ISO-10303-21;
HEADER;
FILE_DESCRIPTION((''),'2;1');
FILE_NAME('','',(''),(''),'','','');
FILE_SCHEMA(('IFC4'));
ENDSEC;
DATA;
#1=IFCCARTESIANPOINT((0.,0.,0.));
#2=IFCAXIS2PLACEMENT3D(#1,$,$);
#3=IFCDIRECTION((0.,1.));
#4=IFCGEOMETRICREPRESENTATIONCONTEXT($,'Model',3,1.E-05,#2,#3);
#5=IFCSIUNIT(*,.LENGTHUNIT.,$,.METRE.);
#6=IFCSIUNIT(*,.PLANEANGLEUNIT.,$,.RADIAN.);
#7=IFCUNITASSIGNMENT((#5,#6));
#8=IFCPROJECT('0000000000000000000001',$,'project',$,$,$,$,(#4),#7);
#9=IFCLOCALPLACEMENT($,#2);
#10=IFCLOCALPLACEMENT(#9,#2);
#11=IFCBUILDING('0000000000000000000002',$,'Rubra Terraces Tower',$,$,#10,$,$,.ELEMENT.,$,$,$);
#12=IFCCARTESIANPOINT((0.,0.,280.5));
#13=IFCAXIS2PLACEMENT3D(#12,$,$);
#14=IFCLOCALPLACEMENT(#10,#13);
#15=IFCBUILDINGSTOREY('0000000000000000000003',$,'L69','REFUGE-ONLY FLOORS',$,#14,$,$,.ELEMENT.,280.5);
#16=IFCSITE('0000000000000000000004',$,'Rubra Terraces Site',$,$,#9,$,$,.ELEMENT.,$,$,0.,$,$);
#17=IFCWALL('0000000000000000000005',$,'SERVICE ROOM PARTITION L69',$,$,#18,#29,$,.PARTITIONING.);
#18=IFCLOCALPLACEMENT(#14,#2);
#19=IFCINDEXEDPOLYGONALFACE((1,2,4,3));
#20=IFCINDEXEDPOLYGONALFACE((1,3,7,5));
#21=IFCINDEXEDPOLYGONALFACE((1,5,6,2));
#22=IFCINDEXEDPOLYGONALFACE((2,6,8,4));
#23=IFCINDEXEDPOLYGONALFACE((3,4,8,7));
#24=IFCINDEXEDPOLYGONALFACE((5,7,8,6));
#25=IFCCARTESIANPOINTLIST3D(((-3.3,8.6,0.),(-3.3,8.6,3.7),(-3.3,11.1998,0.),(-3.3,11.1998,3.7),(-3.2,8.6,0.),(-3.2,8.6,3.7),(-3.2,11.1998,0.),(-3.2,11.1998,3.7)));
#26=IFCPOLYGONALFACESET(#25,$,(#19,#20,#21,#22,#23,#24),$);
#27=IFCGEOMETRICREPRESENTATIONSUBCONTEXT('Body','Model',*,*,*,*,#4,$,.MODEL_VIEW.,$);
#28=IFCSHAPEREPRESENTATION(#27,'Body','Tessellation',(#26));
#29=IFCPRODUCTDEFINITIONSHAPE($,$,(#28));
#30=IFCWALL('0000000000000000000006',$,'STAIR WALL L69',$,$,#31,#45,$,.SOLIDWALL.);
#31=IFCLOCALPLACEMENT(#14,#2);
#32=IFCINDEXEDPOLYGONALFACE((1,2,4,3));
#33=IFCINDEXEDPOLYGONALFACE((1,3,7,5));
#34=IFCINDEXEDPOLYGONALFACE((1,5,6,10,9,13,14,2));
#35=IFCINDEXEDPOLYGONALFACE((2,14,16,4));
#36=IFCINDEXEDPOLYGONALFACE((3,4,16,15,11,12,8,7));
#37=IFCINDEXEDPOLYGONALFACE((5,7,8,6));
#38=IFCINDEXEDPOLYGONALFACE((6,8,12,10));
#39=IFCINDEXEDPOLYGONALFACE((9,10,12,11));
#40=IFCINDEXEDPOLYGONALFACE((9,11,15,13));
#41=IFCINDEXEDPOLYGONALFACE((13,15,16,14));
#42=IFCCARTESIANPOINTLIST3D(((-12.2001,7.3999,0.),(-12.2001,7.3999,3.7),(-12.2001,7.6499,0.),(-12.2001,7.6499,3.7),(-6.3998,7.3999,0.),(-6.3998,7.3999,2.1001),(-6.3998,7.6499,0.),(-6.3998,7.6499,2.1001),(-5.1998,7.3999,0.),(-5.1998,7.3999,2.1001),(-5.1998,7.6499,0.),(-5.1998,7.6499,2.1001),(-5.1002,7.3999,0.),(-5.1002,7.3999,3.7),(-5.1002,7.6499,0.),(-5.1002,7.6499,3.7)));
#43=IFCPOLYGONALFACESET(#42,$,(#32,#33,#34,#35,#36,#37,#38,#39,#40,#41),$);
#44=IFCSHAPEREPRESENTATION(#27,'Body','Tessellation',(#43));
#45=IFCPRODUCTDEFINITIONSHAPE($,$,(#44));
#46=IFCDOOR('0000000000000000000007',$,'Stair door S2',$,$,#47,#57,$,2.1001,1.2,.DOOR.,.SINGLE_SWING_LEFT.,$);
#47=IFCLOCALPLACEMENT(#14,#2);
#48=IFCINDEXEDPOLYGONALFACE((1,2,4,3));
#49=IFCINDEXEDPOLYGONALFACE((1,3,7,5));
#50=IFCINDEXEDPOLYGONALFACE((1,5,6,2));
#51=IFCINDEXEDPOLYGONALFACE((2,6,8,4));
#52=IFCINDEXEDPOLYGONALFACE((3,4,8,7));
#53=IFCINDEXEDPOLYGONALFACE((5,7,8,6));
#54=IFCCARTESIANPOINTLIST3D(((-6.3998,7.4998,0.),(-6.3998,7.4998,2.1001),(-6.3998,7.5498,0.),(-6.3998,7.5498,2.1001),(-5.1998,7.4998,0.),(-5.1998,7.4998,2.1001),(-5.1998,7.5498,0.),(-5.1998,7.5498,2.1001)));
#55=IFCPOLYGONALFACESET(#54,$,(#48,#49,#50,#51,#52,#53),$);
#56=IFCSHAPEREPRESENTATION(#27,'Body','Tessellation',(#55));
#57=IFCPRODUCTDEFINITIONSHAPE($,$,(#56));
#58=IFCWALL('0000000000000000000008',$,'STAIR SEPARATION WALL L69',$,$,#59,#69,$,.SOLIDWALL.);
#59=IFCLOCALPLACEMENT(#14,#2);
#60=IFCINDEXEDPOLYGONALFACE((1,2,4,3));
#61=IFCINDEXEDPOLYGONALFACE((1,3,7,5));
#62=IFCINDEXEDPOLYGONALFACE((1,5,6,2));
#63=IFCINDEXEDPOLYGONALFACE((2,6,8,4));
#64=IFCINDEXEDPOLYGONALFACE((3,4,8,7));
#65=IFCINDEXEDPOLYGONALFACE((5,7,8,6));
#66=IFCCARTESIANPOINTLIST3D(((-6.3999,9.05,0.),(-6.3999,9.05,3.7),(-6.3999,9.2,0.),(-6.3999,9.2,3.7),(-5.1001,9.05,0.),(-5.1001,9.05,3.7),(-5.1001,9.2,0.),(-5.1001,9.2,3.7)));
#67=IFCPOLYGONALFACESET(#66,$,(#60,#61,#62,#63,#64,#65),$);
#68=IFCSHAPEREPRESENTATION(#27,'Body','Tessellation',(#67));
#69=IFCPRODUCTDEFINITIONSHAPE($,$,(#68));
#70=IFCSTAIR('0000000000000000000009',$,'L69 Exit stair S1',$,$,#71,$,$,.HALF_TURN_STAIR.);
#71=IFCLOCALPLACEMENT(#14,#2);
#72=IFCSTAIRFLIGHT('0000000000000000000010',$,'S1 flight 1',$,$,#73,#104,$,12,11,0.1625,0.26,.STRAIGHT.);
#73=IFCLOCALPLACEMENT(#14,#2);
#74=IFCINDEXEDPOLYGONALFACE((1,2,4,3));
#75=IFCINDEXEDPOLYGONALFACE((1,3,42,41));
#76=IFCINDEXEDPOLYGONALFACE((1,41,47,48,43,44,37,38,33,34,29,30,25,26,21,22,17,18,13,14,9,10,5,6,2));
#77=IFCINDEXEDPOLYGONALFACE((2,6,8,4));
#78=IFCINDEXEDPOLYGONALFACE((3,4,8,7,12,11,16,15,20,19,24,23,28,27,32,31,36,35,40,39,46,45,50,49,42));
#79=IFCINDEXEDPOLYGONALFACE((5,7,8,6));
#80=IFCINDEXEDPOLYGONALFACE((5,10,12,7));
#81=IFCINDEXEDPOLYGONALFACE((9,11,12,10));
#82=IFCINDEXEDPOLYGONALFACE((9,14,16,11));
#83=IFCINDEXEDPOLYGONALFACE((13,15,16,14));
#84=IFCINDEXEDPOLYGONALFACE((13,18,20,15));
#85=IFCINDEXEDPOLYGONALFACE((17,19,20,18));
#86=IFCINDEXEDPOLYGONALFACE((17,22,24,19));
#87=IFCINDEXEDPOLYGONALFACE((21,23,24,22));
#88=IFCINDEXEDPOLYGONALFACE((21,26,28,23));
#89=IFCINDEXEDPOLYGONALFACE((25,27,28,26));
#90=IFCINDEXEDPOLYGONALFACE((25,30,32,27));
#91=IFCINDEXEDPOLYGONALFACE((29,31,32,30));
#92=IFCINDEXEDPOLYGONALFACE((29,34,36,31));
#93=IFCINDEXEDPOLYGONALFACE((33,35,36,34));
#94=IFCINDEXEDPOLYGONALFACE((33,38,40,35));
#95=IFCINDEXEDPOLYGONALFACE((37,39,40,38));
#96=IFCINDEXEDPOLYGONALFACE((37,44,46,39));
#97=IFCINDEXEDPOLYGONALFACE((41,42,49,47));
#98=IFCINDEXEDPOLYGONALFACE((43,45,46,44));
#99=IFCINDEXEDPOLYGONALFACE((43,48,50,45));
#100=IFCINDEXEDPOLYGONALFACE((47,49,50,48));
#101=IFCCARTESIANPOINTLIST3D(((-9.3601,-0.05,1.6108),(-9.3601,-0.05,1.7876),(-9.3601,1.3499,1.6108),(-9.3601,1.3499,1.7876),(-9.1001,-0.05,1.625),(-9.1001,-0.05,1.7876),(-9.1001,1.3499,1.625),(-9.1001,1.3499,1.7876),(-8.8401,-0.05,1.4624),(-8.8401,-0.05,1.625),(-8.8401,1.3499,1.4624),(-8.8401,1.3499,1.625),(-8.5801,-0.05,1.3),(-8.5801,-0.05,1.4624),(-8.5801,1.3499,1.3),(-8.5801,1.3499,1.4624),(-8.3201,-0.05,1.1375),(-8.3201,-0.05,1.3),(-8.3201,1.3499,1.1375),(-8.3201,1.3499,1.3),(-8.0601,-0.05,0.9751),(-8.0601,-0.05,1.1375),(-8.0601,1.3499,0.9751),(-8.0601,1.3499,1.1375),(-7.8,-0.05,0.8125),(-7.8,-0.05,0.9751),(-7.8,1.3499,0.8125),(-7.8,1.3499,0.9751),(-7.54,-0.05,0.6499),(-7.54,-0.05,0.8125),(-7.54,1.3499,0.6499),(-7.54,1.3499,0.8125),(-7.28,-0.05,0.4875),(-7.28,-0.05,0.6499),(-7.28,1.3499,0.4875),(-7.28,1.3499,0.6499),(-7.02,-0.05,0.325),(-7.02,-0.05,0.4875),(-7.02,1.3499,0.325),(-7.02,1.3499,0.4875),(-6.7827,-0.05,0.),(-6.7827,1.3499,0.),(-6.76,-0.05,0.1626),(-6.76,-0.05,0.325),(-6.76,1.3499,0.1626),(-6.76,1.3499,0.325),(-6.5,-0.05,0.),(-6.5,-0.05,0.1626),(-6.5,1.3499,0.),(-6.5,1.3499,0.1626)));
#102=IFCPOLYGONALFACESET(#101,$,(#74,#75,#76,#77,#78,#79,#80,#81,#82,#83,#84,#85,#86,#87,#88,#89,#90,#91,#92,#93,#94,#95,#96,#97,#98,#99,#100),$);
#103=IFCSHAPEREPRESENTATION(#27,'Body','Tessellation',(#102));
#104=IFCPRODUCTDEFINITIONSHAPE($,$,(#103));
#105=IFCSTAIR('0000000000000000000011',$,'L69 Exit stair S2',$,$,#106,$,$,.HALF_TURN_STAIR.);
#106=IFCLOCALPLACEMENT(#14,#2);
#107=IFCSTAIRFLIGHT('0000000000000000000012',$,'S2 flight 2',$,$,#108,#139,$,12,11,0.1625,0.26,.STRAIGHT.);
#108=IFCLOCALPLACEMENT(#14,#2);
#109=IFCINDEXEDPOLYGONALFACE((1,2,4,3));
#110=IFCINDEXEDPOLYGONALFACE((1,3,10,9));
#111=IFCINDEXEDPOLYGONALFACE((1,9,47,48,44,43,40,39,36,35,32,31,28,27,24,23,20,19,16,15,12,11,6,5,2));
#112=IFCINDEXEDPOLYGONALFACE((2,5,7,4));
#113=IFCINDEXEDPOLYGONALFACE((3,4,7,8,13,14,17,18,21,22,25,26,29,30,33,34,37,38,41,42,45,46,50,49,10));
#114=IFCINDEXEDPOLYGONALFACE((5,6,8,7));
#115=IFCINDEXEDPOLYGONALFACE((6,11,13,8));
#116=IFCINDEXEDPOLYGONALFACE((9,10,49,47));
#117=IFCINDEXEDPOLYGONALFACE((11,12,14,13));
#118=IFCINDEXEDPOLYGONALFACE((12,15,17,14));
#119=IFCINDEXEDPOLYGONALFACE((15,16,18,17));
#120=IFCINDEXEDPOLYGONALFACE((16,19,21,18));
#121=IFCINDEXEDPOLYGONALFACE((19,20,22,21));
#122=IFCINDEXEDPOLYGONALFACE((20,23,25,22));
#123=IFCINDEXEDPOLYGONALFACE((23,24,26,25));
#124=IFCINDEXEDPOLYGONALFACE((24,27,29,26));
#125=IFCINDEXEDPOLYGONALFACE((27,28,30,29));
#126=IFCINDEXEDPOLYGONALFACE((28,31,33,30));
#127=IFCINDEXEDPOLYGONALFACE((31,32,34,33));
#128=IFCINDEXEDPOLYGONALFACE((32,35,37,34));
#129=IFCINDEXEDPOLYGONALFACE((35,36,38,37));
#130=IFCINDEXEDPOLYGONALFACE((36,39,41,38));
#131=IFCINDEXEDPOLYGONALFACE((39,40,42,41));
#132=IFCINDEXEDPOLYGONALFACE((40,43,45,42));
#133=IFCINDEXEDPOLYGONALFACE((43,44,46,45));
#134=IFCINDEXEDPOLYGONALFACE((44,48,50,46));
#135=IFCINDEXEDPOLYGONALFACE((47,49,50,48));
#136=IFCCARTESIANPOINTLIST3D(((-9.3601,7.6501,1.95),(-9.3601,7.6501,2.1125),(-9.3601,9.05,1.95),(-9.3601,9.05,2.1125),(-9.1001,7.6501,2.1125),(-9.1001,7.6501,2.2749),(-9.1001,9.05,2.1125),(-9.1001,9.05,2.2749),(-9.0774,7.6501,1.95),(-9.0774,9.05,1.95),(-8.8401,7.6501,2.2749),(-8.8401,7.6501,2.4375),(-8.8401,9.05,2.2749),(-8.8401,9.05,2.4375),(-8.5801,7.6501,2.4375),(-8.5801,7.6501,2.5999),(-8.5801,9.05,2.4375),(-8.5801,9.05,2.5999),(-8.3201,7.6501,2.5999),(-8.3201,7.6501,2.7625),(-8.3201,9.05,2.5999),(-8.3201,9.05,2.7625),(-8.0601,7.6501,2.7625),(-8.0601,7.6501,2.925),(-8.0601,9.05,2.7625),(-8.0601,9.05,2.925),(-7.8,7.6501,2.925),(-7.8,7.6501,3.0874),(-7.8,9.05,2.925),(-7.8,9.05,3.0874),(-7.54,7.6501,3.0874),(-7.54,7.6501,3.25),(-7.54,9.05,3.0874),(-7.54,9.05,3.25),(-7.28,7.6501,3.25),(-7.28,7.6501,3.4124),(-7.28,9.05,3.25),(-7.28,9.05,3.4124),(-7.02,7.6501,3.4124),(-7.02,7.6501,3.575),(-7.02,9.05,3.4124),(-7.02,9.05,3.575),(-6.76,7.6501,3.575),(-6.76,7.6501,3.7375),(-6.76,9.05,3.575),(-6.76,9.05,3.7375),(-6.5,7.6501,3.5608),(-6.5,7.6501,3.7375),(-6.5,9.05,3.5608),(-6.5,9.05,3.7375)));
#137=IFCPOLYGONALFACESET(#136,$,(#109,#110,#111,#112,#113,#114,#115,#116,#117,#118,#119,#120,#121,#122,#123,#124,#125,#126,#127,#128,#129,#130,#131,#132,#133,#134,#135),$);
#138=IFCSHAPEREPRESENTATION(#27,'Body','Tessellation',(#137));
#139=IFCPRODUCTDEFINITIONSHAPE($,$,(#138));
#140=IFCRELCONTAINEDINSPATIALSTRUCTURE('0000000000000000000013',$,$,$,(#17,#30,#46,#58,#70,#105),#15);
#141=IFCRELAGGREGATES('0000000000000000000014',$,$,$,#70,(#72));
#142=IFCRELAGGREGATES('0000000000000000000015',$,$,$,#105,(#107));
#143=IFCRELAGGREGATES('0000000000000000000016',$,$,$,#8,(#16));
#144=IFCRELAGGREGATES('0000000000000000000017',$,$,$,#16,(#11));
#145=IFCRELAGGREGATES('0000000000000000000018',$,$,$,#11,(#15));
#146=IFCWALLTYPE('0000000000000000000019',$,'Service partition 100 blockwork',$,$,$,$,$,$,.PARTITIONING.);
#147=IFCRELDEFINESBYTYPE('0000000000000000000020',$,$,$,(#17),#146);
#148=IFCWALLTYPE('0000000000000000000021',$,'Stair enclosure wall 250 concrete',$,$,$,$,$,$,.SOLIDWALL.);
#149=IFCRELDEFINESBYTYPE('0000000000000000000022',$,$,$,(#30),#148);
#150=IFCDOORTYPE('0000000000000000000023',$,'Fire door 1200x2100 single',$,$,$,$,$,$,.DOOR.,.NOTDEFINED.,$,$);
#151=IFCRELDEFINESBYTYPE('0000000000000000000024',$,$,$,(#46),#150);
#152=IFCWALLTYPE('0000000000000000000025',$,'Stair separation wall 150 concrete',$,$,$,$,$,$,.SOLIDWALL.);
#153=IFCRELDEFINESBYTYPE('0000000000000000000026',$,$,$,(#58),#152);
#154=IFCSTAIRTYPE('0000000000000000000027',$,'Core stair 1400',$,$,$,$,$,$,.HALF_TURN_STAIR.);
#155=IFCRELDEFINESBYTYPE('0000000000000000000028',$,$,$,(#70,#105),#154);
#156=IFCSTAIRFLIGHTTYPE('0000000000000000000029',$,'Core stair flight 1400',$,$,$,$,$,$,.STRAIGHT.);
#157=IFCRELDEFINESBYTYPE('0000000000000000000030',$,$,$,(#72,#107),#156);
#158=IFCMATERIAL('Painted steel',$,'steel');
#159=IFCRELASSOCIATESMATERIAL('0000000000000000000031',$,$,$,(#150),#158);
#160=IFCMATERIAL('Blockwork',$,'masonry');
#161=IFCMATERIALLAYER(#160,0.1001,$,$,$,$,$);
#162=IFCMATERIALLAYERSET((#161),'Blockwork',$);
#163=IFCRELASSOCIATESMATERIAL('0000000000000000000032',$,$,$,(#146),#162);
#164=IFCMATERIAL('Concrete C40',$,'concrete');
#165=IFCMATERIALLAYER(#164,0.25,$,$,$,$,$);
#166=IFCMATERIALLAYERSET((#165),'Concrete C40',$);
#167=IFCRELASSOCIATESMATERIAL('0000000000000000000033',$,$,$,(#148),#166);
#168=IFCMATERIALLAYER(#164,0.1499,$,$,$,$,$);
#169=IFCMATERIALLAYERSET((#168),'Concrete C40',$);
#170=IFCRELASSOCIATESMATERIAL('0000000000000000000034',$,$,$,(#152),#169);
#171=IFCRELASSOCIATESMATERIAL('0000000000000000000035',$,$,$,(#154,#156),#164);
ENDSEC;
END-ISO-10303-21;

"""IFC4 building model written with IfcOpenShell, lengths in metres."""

from ifc_helpers import new_model, si_unit, direction, frame, frame_2d, origin, place, context, subcontext, project, spatial, polyline, rectangle, outline, extrude, material, layer, layer_set, type_object, element, fill, aggregate, save


model = new_model("IFC4")

# Units and contexts
model_context = context("Model", 3, precision=1e-05, world=origin(), true_north=direction((0.0, 1.0)))
body_context = subcontext(model_context, "Body", "Model", "MODEL_VIEW")
ifc_project = project(units=[si_unit("LENGTHUNIT", "METRE"), si_unit("PLANEANGLEUNIT", "RADIAN")], contexts=[model_context])

# Site, building, storey
site_placement = place(None, origin())
site = spatial("IfcSite", under=ifc_project, at=site_placement, Name="Rubra Terraces Site", CompositionType="ELEMENT", RefElevation=0.0)
building_placement = place(site_placement, origin())
building = spatial("IfcBuilding", under=site, at=building_placement, Name="Rubra Terraces Tower", CompositionType="ELEMENT")
storey_placement = place(building_placement, frame((0.0, 0.0, 280.5)))
storey = spatial("IfcBuildingStorey", under=building, at=storey_placement, Name="L69", Description="REFUGE-ONLY FLOORS", CompositionType="ELEMENT", Elevation=280.5)

# Shared definitions
ifc_material_1 = material(Name="Concrete C40", Category="concrete")

# Shared definitions
ifc_material_2 = material(Name="Painted steel", Category="steel")
door_type_1 = type_object("IfcDoorType", Name="Fire door 1200x2100 single", OperationType="NOTDEFINED", PredefinedType="DOOR", material=ifc_material_2)

# Wall
ifc_material_3 = material(Name="Blockwork", Category="masonry")
ifc_layer_1 = layer(ifc_material_3, 0.1001)
ifc_layer_set_1 = layer_set([ifc_layer_1], Name="Blockwork")
wall_type_1 = type_object("IfcWallType", Name="Service partition 100 blockwork", PredefinedType="PARTITIONING", material=ifc_layer_set_1)
wall_1_placement = place(storey_placement, frame((-3.25, 8.6001, 0.0), z_axis=(0.0, 0.0, 1.0), x_axis=(0.0, 1.0, 0.0)))
element("IfcWall", 1, at=wall_1_placement, inside=storey, type_object=wall_type_1, Name="SERVICE ROOM PARTITION L69", PredefinedType="PARTITIONING", context=body_context, shape_type="SweptSolid", body=[
    extrude(rectangle(XDim=2.5999, YDim=0.1001, at=frame_2d((1.2998, 0.0))), origin(), (0.0, 0.0, 1.0), 3.7),
])

# Wall, opening, door
ifc_layer_2 = layer(ifc_material_1, 0.25)
ifc_layer_set_2 = layer_set([ifc_layer_2], Name="Concrete C40")
wall_type_2 = type_object("IfcWallType", Name="Stair enclosure wall 250 concrete", PredefinedType="SOLIDWALL", material=ifc_layer_set_2)
wall_2_placement = place(storey_placement, frame((-12.2, 7.5249, 0.0), z_axis=(0.0, 0.0, 1.0), x_axis=(1.0, 0.0, 0.0)))
wall_2 = element("IfcWall", 2, at=wall_2_placement, inside=storey, type_object=wall_type_2, Name="STAIR WALL L69", PredefinedType="SOLIDWALL", context=body_context, shape_type="SweptSolid", body=[
    extrude(rectangle(XDim=7.0999, YDim=0.25, at=frame_2d((3.5498, 0.0))), origin(), (0.0, 0.0, 1.0), 3.7),
])
opening_1_placement = place(wall_2_placement, frame((5.8, 0.0, 0.0)))
opening_1 = element("IfcOpeningElement", 3, at=opening_1_placement, cuts=wall_2, PredefinedType="OPENING", context=body_context, shape_type="SweptSolid", body=[
    extrude(rectangle(XDim=1.2, YDim=2.1001, at=frame_2d((0.6001, 1.05))), frame((0.0, 0.135, 0.0), z_axis=(0.0, -1.0, 0.0), x_axis=(1.0, 0.0, 0.0)), (0.0, 0.0, 1.0), 0.27),
])
door_1_placement = place(opening_1_placement, origin())
door_1 = element("IfcDoor", 4, at=door_1_placement, inside=storey, type_object=door_type_1, Name="Stair door S2", OperationType="SINGLE_SWING_LEFT", OverallHeight=2.1001, OverallWidth=1.2, PredefinedType="DOOR", context=body_context, shape_type="SweptSolid", body=[
    extrude(rectangle(XDim=1.2, YDim=2.1001, at=frame_2d((0.6001, 1.05))), frame((0.0, 0.0249, 0.0), z_axis=(0.0, -1.0, 0.0), x_axis=(1.0, 0.0, 0.0)), (0.0, 0.0, 1.0), 0.05),
])
fill(opening_1, door_1)

# Wall
ifc_layer_3 = layer(ifc_material_1, 0.1499)
ifc_layer_set_3 = layer_set([ifc_layer_3], Name="Concrete C40")
wall_type_3 = type_object("IfcWallType", Name="Stair separation wall 150 concrete", PredefinedType="SOLIDWALL", material=ifc_layer_set_3)
wall_3_placement = place(storey_placement, frame((-6.3999, 9.125, 0.0), z_axis=(0.0, 0.0, 1.0), x_axis=(1.0, 0.0, 0.0)))
element("IfcWall", 5, at=wall_3_placement, inside=storey, type_object=wall_type_3, Name="STAIR SEPARATION WALL L69", PredefinedType="SOLIDWALL", context=body_context, shape_type="SweptSolid", body=[
    extrude(rectangle(XDim=1.2998, YDim=0.1499, at=frame_2d((0.6499, 0.0))), origin(), (0.0, 0.0, 1.0), 3.7),
])

# Stairs, stair flights
stair_type = type_object("IfcStairType", Name="Core stair 1400", PredefinedType="HALF_TURN_STAIR", material=ifc_material_1)
stair_1_placement = place(storey_placement, origin())
stair_1 = element("IfcStair", 6, at=stair_1_placement, inside=storey, type_object=stair_type, Name="L69 Exit stair S1", PredefinedType="HALF_TURN_STAIR")
stair_flight_type = type_object("IfcStairFlightType", Name="Core stair flight 1400", PredefinedType="STRAIGHT", material=ifc_material_1)
stair_flight_1_placement = place(storey_placement, frame((-6.5, 0.6499, 0.0), z_axis=(0.0, 0.0, 1.0), x_axis=(-1.0, 0.0, 0.0)))
stair_flight_1 = element("IfcStairFlight", 7, at=stair_flight_1_placement, type_object=stair_flight_type, Name="S1 flight 1", NumberOfRisers=12, NumberOfTreads=11, PredefinedType="STRAIGHT", RiserHeight=0.1625, TreadLength=0.26, context=body_context, shape_type="SweptSolid", body=[
    extrude(outline(polyline([(0.0, 0.0), (0.0, 0.1626), (0.26, 0.1626), (0.26, 0.325), (0.52, 0.325), (0.52, 0.4875), (0.78, 0.4875), (0.78, 0.6499), (1.04, 0.6499), (1.04, 0.8125), (1.3, 0.8125), (1.3, 0.9751), (1.5601, 0.9751), (1.5601, 1.1375), (1.8201, 1.1375), (1.8201, 1.3), (2.0801, 1.3), (2.0801, 1.4624), (2.3401, 1.4624), (2.3401, 1.625), (2.6001, 1.625), (2.6001, 1.7876), (2.8601, 1.7876), (2.8601, 1.95), (2.8601, 1.6108), (0.2827, 0.0), (0.0, 0.0)])), frame((0.0, 0.7, 0.0), z_axis=(0.0, -1.0, 0.0), x_axis=(1.0, 0.0, 0.0)), (0.0, 0.0, 1.0), 1.3999),
])
aggregate(stair_1, [stair_flight_1])
stair_2_placement = place(storey_placement, origin())
stair_2 = element("IfcStair", 8, at=stair_2_placement, inside=storey, type_object=stair_type, Name="L69 Exit stair S2", PredefinedType="HALF_TURN_STAIR")
stair_flight_2_placement = place(storey_placement, frame((-9.3601, 8.3501, 1.95), z_axis=(0.0, 0.0, 1.0), x_axis=(1.0, 0.0, 0.0)))
stair_flight_2 = element("IfcStairFlight", 9, at=stair_flight_2_placement, type_object=stair_flight_type, Name="S2 flight 2", NumberOfRisers=12, NumberOfTreads=11, PredefinedType="STRAIGHT", RiserHeight=0.1625, TreadLength=0.26, context=body_context, shape_type="SweptSolid", body=[
    extrude(outline(polyline([(0.0, 0.0), (0.0, 0.1626), (0.26, 0.1626), (0.26, 0.325), (0.52, 0.325), (0.52, 0.4875), (0.78, 0.4875), (0.78, 0.6499), (1.04, 0.6499), (1.04, 0.8125), (1.3, 0.8125), (1.3, 0.9751), (1.5601, 0.9751), (1.5601, 1.1375), (1.8201, 1.1375), (1.8201, 1.3), (2.0801, 1.3), (2.0801, 1.4624), (2.3401, 1.4624), (2.3401, 1.625), (2.6001, 1.625), (2.6001, 1.7876), (2.8601, 1.7876), (2.8601, 1.95), (2.8601, 1.6108), (0.2827, 0.0), (0.0, 0.0)])), frame((0.0, 0.7, 0.0), z_axis=(0.0, -1.0, 0.0), x_axis=(1.0, 0.0, 0.0)), (0.0, 0.0, 1.0), 1.3999),
])
aggregate(stair_2, [stair_flight_2])

save(model, "model.ifc")
